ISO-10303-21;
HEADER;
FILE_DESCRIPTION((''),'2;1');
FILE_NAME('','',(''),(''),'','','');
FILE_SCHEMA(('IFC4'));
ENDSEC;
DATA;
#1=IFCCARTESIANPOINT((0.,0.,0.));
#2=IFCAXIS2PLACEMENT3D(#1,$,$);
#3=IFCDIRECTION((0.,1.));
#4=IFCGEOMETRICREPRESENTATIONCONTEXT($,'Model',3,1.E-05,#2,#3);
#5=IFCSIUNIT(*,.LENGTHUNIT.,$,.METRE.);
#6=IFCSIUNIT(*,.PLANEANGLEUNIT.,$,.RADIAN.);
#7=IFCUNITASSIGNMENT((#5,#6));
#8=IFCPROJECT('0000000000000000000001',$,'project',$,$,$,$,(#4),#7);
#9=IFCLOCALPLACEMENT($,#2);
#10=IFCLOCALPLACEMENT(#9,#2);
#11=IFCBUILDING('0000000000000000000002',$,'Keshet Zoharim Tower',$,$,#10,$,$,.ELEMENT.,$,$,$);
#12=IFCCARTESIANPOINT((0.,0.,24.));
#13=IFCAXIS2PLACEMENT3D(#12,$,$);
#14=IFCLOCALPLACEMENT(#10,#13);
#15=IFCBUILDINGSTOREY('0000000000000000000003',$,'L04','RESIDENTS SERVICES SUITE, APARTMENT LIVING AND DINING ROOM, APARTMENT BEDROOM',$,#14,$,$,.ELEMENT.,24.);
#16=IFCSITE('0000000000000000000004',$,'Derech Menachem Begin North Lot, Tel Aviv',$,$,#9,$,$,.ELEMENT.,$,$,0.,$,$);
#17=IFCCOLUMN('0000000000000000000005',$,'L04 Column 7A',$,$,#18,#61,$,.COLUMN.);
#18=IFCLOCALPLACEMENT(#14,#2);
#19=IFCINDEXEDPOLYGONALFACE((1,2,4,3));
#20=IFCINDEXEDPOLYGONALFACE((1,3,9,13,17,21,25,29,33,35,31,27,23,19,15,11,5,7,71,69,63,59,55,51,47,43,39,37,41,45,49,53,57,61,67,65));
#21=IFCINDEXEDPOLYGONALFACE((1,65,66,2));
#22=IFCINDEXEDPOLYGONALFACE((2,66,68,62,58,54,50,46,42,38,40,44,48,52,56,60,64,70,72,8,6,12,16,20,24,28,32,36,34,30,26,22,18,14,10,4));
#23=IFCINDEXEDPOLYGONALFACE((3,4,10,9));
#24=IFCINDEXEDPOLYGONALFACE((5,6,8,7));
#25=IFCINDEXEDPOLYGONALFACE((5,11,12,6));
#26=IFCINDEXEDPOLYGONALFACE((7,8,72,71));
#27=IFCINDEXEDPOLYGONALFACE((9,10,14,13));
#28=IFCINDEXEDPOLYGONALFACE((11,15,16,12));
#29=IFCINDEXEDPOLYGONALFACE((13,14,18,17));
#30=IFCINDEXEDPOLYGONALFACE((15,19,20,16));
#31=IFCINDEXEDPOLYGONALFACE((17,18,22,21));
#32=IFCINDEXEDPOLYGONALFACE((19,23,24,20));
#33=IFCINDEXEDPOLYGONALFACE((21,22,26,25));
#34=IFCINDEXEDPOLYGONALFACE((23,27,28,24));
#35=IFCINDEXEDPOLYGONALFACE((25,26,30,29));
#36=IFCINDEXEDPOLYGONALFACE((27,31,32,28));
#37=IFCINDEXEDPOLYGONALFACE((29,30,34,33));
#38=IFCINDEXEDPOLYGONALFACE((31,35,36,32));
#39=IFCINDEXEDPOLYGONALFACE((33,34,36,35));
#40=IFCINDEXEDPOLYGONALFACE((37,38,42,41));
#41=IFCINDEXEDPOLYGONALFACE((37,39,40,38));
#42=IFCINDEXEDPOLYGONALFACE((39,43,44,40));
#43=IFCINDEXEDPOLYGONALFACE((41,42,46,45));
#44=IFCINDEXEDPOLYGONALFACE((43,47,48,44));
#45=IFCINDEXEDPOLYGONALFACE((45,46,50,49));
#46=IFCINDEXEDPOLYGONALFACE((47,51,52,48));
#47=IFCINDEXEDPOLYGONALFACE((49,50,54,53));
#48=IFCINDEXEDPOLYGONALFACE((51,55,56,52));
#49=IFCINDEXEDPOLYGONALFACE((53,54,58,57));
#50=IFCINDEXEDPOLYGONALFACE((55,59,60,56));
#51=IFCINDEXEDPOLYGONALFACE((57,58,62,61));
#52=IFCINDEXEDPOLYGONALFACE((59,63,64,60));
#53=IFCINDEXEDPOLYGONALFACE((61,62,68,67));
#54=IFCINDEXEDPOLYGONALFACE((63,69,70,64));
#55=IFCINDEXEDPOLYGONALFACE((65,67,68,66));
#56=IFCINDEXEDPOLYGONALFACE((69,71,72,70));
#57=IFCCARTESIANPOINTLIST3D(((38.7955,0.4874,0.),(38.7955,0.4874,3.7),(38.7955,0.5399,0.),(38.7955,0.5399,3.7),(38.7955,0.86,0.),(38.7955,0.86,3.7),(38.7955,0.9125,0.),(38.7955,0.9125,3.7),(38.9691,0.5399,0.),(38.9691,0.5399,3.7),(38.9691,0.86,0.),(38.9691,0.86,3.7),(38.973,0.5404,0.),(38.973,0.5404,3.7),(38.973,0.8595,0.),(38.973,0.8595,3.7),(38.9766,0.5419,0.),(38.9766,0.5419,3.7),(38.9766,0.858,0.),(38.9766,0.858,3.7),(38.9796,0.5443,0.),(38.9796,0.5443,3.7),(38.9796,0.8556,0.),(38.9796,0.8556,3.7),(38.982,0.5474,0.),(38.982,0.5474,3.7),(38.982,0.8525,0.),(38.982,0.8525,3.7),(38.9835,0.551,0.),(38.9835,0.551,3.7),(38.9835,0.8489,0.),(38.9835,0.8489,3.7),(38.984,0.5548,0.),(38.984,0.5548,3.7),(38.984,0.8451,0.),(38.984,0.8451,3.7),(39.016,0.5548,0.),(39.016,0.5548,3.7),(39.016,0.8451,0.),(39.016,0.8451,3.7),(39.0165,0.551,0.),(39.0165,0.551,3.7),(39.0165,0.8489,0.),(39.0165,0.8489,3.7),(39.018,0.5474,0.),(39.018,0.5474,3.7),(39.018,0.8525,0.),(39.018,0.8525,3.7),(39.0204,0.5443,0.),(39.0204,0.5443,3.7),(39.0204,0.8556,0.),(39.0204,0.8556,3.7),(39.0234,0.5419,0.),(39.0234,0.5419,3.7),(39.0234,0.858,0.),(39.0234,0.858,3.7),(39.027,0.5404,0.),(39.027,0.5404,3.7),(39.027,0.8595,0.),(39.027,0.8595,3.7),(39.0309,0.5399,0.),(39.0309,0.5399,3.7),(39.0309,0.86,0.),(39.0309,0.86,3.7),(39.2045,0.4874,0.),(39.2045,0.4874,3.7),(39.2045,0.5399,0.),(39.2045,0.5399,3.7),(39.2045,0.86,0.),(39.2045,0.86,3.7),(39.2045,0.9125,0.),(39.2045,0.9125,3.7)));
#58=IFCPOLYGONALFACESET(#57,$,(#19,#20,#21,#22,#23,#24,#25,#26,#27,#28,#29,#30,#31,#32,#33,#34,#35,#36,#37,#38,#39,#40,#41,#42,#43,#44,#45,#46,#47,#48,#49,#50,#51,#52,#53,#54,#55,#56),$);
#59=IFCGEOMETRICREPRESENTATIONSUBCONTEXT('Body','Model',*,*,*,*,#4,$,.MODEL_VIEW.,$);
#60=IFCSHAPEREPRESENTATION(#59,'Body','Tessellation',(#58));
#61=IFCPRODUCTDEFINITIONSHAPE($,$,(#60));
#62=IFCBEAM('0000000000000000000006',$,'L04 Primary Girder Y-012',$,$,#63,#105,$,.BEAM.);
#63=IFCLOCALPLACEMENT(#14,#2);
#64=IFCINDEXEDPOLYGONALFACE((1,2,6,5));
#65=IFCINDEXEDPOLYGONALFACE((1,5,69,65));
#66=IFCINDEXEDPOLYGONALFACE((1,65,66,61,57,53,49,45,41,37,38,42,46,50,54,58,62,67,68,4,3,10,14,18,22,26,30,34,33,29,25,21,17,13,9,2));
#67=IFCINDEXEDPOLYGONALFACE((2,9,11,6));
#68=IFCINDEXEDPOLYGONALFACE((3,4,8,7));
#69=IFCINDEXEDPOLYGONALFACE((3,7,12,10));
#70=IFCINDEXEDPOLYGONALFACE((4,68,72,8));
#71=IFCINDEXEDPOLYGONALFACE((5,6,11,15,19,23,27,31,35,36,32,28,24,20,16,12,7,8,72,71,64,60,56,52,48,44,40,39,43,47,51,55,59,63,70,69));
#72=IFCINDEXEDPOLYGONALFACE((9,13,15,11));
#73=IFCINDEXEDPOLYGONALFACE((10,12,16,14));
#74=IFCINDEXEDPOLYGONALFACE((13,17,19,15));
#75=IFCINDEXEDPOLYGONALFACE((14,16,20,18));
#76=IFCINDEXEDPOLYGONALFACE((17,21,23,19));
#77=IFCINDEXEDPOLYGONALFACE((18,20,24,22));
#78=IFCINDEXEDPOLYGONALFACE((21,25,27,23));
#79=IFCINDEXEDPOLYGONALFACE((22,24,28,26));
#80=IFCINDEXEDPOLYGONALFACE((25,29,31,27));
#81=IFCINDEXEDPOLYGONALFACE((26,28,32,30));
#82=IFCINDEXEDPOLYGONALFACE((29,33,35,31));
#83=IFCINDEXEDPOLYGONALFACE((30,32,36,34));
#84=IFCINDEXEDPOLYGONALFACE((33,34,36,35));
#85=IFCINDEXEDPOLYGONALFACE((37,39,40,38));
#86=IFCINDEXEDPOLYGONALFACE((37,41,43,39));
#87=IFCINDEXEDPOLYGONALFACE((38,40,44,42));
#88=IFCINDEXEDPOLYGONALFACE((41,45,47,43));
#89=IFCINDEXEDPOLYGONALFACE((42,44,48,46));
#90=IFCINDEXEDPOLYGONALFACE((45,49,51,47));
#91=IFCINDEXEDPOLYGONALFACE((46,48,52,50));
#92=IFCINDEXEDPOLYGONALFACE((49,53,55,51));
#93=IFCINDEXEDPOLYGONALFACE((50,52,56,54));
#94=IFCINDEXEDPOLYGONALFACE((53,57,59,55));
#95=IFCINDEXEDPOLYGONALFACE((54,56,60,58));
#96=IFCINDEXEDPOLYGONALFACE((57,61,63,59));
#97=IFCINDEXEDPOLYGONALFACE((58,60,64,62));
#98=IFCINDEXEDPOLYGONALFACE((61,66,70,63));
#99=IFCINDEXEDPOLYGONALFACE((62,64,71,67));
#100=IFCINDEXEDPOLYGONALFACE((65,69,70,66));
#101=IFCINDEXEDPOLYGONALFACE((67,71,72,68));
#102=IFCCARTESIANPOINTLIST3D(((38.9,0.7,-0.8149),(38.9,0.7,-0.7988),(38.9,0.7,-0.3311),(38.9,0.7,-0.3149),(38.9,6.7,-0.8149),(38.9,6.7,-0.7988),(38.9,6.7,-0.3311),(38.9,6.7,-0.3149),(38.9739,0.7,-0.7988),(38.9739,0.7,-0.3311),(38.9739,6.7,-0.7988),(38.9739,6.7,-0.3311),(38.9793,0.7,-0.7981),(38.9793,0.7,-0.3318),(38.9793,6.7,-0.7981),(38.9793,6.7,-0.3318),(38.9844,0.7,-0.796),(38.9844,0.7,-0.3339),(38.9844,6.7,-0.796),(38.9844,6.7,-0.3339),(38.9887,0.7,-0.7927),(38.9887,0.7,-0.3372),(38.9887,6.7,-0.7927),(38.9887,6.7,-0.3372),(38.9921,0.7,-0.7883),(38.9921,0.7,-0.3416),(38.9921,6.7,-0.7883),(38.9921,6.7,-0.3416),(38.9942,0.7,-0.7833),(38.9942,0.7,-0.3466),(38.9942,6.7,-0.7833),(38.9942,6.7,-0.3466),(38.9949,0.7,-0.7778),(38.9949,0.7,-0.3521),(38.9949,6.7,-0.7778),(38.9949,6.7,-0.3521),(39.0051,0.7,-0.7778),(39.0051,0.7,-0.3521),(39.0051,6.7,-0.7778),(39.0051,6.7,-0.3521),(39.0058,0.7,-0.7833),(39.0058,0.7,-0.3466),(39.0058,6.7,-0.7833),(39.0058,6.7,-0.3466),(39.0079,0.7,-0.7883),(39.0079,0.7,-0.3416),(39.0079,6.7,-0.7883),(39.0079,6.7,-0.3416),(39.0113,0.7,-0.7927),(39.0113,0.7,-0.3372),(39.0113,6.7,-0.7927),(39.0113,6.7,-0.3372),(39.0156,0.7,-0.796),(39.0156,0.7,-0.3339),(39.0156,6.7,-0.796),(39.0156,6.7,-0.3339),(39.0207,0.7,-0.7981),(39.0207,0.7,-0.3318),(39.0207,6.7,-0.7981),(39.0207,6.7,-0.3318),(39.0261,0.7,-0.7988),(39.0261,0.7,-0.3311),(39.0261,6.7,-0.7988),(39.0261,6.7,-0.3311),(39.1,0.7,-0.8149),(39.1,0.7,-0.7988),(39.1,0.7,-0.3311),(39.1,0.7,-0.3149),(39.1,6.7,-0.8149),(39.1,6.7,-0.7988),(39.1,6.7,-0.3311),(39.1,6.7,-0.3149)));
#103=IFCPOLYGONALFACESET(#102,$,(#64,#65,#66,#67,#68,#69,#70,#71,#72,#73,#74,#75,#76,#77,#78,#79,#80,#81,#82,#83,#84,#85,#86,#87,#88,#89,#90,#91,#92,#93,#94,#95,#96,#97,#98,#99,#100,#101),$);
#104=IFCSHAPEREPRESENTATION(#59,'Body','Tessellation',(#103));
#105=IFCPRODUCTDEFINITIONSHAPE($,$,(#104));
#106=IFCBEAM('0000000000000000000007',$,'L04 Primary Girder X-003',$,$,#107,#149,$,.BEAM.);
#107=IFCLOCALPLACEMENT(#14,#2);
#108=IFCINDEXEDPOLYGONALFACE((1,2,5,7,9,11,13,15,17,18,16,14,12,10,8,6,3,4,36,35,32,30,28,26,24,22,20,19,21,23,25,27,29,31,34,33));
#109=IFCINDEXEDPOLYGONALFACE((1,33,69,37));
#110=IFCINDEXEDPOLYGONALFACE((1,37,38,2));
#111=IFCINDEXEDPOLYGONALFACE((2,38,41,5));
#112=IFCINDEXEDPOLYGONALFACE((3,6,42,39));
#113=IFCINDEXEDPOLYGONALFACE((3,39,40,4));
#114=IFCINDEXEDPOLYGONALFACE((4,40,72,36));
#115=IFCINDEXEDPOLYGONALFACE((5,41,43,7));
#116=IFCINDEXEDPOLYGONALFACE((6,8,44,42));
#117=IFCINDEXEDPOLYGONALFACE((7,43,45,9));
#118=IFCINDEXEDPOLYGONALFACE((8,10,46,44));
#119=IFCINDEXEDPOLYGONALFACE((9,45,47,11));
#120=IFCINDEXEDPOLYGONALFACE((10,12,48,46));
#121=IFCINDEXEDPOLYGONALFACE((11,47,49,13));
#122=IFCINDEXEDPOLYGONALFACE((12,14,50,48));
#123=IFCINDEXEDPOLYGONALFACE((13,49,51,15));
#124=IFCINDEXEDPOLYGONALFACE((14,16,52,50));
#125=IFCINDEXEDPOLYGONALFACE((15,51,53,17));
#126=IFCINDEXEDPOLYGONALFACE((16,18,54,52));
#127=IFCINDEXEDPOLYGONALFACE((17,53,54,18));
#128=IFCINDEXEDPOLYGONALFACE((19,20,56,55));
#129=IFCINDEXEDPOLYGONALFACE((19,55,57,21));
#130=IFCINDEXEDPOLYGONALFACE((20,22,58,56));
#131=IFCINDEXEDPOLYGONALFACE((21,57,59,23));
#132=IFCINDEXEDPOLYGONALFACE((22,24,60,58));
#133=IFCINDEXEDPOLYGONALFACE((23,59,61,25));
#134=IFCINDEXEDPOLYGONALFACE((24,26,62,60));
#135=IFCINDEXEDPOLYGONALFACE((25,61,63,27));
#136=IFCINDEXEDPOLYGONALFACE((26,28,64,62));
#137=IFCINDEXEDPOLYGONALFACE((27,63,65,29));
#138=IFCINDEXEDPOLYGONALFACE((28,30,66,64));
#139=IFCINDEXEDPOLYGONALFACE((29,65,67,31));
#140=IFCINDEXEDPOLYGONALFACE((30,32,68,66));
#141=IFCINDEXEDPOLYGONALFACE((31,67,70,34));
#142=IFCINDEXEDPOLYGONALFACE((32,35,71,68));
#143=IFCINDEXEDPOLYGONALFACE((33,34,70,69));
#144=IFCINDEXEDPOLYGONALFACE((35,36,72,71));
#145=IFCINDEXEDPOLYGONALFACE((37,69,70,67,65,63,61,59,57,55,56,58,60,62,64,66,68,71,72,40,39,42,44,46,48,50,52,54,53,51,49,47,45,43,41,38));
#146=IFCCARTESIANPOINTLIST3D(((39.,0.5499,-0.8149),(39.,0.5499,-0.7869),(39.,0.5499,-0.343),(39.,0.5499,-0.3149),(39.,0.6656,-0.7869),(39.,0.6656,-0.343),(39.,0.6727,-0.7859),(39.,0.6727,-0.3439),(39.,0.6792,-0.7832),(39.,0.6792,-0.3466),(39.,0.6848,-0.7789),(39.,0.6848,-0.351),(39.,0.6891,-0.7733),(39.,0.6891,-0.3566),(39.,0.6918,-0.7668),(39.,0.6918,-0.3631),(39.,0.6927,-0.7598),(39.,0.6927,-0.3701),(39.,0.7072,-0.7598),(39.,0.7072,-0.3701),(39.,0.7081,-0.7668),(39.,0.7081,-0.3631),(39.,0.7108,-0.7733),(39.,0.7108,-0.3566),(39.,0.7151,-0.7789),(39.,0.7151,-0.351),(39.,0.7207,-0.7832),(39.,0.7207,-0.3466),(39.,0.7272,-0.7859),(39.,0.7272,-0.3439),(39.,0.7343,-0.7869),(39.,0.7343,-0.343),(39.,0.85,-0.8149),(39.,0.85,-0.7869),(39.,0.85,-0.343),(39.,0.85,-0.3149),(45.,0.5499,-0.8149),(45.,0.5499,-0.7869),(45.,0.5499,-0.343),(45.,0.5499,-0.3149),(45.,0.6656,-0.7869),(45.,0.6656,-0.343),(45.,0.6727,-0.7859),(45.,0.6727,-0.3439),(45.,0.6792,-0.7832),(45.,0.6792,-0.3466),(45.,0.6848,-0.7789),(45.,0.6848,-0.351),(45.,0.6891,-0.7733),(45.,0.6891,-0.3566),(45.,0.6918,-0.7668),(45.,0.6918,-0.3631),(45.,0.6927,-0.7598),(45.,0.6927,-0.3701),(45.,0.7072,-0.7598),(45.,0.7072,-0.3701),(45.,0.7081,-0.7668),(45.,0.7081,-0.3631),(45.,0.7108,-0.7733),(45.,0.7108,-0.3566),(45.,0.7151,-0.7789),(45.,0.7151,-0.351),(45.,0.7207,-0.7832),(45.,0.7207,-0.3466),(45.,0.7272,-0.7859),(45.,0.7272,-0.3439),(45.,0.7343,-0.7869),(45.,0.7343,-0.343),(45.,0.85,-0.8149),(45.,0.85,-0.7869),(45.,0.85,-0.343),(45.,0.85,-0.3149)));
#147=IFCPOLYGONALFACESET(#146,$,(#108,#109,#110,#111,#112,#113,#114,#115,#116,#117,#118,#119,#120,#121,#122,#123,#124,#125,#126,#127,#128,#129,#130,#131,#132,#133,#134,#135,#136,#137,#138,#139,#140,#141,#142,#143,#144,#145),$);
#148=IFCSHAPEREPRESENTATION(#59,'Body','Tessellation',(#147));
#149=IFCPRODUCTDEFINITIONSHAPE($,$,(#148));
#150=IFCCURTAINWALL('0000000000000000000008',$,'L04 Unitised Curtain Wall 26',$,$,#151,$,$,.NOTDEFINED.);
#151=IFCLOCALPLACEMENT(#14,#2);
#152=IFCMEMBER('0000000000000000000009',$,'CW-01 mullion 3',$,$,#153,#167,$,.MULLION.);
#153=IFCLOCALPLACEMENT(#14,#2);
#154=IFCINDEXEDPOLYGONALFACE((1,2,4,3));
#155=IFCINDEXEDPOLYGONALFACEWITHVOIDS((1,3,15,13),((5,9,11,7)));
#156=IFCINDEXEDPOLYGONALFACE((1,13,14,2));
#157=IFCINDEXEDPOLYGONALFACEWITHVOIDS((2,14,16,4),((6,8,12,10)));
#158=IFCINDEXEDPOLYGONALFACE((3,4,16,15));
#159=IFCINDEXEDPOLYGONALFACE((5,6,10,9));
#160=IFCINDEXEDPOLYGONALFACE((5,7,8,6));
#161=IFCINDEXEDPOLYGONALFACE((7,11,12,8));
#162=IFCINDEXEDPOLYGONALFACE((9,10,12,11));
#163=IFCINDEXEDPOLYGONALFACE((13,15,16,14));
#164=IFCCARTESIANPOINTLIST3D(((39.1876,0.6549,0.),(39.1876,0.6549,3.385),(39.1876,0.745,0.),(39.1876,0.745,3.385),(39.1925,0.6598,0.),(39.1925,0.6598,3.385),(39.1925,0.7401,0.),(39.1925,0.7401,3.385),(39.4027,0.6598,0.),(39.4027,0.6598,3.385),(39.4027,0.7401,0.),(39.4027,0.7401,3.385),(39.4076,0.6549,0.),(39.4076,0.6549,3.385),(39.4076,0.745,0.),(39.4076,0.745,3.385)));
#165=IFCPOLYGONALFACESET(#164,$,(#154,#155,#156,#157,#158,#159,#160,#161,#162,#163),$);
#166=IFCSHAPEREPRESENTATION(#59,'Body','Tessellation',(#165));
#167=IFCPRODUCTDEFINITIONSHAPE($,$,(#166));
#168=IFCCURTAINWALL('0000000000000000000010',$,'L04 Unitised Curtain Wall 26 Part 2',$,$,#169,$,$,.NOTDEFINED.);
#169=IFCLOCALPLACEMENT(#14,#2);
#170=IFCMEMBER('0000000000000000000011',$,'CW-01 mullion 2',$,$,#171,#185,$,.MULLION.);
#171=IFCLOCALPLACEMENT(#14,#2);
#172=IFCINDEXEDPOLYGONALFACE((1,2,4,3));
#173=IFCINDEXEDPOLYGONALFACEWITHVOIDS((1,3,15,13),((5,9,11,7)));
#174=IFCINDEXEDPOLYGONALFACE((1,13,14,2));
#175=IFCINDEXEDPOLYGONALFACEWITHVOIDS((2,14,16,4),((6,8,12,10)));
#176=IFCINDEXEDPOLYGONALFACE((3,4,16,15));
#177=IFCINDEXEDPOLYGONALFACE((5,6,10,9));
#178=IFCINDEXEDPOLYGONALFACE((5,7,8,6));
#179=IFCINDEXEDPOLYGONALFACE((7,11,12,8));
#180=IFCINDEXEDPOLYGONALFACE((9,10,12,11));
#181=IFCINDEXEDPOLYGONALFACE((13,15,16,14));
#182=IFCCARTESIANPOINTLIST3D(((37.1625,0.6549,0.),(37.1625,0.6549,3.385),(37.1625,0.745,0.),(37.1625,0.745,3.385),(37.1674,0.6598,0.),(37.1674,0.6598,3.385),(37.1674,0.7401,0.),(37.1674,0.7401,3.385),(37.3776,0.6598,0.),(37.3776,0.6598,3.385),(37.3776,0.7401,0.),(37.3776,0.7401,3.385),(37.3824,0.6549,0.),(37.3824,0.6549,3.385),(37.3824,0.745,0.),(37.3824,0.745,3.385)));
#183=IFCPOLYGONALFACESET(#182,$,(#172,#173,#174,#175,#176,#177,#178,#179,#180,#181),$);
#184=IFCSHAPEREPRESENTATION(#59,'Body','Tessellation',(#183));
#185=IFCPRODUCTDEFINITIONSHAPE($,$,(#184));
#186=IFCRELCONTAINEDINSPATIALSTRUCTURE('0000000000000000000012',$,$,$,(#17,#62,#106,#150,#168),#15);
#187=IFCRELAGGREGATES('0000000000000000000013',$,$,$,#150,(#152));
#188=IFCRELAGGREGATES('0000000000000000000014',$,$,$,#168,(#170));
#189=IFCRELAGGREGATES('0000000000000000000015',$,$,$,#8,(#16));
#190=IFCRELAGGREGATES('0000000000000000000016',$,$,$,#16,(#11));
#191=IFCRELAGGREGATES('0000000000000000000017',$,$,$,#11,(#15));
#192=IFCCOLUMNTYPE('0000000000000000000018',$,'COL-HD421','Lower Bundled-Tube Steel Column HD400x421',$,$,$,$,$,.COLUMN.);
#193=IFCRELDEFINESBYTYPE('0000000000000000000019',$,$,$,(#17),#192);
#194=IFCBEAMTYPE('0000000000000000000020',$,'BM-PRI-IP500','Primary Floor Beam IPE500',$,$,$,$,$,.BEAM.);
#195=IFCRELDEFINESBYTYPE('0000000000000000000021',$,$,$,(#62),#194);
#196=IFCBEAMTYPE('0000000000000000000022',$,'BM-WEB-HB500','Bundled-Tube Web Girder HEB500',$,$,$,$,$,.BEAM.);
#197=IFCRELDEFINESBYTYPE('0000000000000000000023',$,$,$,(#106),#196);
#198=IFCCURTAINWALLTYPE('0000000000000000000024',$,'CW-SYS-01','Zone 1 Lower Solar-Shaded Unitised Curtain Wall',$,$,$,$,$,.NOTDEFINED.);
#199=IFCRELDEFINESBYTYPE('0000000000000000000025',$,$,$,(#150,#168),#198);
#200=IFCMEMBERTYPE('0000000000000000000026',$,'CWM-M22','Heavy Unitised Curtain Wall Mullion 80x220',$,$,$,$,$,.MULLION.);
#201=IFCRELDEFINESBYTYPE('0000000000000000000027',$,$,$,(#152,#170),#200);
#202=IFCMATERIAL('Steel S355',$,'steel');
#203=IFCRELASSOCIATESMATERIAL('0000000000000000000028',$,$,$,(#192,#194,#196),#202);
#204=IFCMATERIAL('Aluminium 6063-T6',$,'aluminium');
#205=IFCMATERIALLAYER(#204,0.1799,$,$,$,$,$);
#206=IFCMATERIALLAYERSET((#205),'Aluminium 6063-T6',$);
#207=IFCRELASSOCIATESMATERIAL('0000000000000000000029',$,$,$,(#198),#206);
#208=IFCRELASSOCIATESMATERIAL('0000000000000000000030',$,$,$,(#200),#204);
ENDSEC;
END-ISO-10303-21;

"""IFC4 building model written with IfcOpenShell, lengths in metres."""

from ifc_helpers import new_model, si_unit, direction, frame, origin, origin_2d, place, context, subcontext, project, spatial, hollow_rectangle, i_section, extrude, material, layer, layer_set, material_profile, profile_set, type_object, element, aggregate, save


model = new_model("IFC4")

# Units and contexts
model_context = context("Model", 3, precision=1e-05, world=origin(), true_north=direction((0.0, 1.0)))
body_context = subcontext(model_context, "Body", "Model", "MODEL_VIEW")
ifc_project = project(units=[si_unit("LENGTHUNIT", "METRE"), si_unit("PLANEANGLEUNIT", "RADIAN")], contexts=[model_context])

# Site, building, storey
site_placement = place(None, origin())
site = spatial("IfcSite", under=ifc_project, at=site_placement, Name="Derech Menachem Begin North Lot, Tel Aviv", CompositionType="ELEMENT", RefElevation=0.0)
building_placement = place(site_placement, origin())
building = spatial("IfcBuilding", under=site, at=building_placement, Name="Keshet Zoharim Tower", CompositionType="ELEMENT")
storey_placement = place(building_placement, frame((0.0, 0.0, 24.0)))
storey = spatial("IfcBuildingStorey", under=building, at=storey_placement, Name="L04", Description="RESIDENTS SERVICES SUITE, APARTMENT LIVING AND DINING ROOM, APARTMENT BEDROOM", CompositionType="ELEMENT", Elevation=24.0)

# Column
ifc_material_1 = material(Name="Steel S355", Category="steel")
ifc_material_profile_1 = material_profile(ifc_material_1, i_section(OverallWidth=0.4089, OverallDepth=0.425, WebThickness=0.032, FlangeThickness=0.0525, FilletRadius=0.0149, at=origin_2d()), Name="HD400x421")
ifc_profile_set_1 = profile_set([ifc_material_profile_1], Name="Steel S355")
column_type = type_object("IfcColumnType", Name="COL-HD421", Description="Lower Bundled-Tube Steel Column HD400x421", PredefinedType="COLUMN", material=ifc_profile_set_1)
column_placement = place(storey_placement, frame((39.0, 0.7, 0.0), z_axis=(0.0, 0.0, 1.0), x_axis=(1.0, 0.0, 0.0)))
element("IfcColumn", 1, at=column_placement, inside=storey, type_object=column_type, Name="L04 Column 7A", PredefinedType="COLUMN", context=body_context, shape_type="SweptSolid", body=[
    extrude(i_section(OverallWidth=0.4089, OverallDepth=0.425, WebThickness=0.032, FlangeThickness=0.0525, FilletRadius=0.0149, at=origin_2d()), origin(), (0.0, 0.0, 1.0), 3.7),
])

# Beams
ifc_material_profile_2 = material_profile(ifc_material_1, i_section(OverallWidth=0.2, OverallDepth=0.5, WebThickness=0.0103, FlangeThickness=0.0161, FilletRadius=0.021, at=origin_2d()), Name="IPE500")
ifc_profile_set_2 = profile_set([ifc_material_profile_2], Name="Steel S355")
beam_type_1 = type_object("IfcBeamType", Name="BM-PRI-IP500", Description="Primary Floor Beam IPE500", PredefinedType="BEAM", material=ifc_profile_set_2)
beam_1_placement = place(storey_placement, frame((39.0, 0.7, -0.5649), z_axis=(0.0, 1.0, 0.0), x_axis=(-1.0, 0.0, 0.0)))
element("IfcBeam", 2, at=beam_1_placement, inside=storey, type_object=beam_type_1, Name="L04 Primary Girder Y-012", PredefinedType="BEAM", context=body_context, shape_type="SweptSolid", body=[
    extrude(i_section(OverallWidth=0.2, OverallDepth=0.5, WebThickness=0.0103, FlangeThickness=0.0161, FilletRadius=0.021, at=origin_2d()), origin(), (0.0, 0.0, 1.0), 6.0),
])
ifc_material_profile_3 = material_profile(ifc_material_1, i_section(OverallWidth=0.3, OverallDepth=0.5, WebThickness=0.0144, FlangeThickness=0.0281, FilletRadius=0.0271, at=origin_2d()), Name="HEB500")
ifc_profile_set_3 = profile_set([ifc_material_profile_3], Name="Steel S355")
beam_type_2 = type_object("IfcBeamType", Name="BM-WEB-HB500", Description="Bundled-Tube Web Girder HEB500", PredefinedType="BEAM", material=ifc_profile_set_3)
beam_2_placement = place(storey_placement, frame((39.0, 0.7, -0.5649), z_axis=(1.0, 0.0, 0.0), x_axis=(0.0, 1.0, 0.0)))
element("IfcBeam", 3, at=beam_2_placement, inside=storey, type_object=beam_type_2, Name="L04 Primary Girder X-003", PredefinedType="BEAM", context=body_context, shape_type="SweptSolid", body=[
    extrude(i_section(OverallWidth=0.3, OverallDepth=0.5, WebThickness=0.0144, FlangeThickness=0.0281, FilletRadius=0.0271, at=origin_2d()), origin(), (0.0, 0.0, 1.0), 6.0),
])

# Curtain walls, members
ifc_material_2 = material(Name="Aluminium 6063-T6", Category="aluminium")
ifc_layer_1 = layer(ifc_material_2, 0.1799)
ifc_layer_set_1 = layer_set([ifc_layer_1], Name="Aluminium 6063-T6")
curtain_wall_type = type_object("IfcCurtainWallType", Name="CW-SYS-01", Description="Zone 1 Lower Solar-Shaded Unitised Curtain Wall", PredefinedType="NOTDEFINED", material=ifc_layer_set_1)
curtain_wall_1_placement = place(storey_placement, origin())
curtain_wall_1 = element("IfcCurtainWall", 4, at=curtain_wall_1_placement, inside=storey, type_object=curtain_wall_type, Name="L04 Unitised Curtain Wall 26", PredefinedType="NOTDEFINED")
ifc_material_profile_4 = material_profile(ifc_material_2, hollow_rectangle(XDim=0.0901, YDim=0.22, WallThickness=0.0049, at=origin_2d()), Name="MUL-90x220")
ifc_profile_set_4 = profile_set([ifc_material_profile_4], Name="Aluminium 6063-T6")
member_type_1 = type_object("IfcMemberType", Name="CWM-M22", Description="Heavy Unitised Curtain Wall Mullion 80x220", PredefinedType="MULLION", material=ifc_profile_set_4)
member_1_placement = place(storey_placement, frame((39.2976, 0.7, 0.0), z_axis=(0.0, 0.0, 1.0), x_axis=(0.0, -1.0, 0.0)))
member_1 = element("IfcMember", 5, at=member_1_placement, type_object=member_type_1, Name="CW-01 mullion 3", PredefinedType="MULLION", context=body_context, shape_type="SweptSolid", body=[
    extrude(hollow_rectangle(XDim=0.0901, YDim=0.22, WallThickness=0.0049, at=origin_2d()), origin(), (0.0, 0.0, 1.0), 3.385),
])
curtain_wall_2_placement = place(storey_placement, origin())
curtain_wall_2 = element("IfcCurtainWall", 6, at=curtain_wall_2_placement, inside=storey, type_object=curtain_wall_type, Name="L04 Unitised Curtain Wall 26 Part 2", PredefinedType="NOTDEFINED")
member_2_placement = place(storey_placement, frame((37.2725, 0.7, 0.0), z_axis=(0.0, 0.0, 1.0), x_axis=(0.0, -1.0, 0.0)))
member_2 = element("IfcMember", 7, at=member_2_placement, type_object=member_type_1, Name="CW-01 mullion 2", PredefinedType="MULLION", context=body_context, shape_type="SweptSolid", body=[
    extrude(hollow_rectangle(XDim=0.0901, YDim=0.22, WallThickness=0.0049, at=origin_2d()), origin(), (0.0, 0.0, 1.0), 3.385),
])

aggregate(curtain_wall_1, [member_1])
aggregate(curtain_wall_2, [member_2])

save(model, "model.ifc")
